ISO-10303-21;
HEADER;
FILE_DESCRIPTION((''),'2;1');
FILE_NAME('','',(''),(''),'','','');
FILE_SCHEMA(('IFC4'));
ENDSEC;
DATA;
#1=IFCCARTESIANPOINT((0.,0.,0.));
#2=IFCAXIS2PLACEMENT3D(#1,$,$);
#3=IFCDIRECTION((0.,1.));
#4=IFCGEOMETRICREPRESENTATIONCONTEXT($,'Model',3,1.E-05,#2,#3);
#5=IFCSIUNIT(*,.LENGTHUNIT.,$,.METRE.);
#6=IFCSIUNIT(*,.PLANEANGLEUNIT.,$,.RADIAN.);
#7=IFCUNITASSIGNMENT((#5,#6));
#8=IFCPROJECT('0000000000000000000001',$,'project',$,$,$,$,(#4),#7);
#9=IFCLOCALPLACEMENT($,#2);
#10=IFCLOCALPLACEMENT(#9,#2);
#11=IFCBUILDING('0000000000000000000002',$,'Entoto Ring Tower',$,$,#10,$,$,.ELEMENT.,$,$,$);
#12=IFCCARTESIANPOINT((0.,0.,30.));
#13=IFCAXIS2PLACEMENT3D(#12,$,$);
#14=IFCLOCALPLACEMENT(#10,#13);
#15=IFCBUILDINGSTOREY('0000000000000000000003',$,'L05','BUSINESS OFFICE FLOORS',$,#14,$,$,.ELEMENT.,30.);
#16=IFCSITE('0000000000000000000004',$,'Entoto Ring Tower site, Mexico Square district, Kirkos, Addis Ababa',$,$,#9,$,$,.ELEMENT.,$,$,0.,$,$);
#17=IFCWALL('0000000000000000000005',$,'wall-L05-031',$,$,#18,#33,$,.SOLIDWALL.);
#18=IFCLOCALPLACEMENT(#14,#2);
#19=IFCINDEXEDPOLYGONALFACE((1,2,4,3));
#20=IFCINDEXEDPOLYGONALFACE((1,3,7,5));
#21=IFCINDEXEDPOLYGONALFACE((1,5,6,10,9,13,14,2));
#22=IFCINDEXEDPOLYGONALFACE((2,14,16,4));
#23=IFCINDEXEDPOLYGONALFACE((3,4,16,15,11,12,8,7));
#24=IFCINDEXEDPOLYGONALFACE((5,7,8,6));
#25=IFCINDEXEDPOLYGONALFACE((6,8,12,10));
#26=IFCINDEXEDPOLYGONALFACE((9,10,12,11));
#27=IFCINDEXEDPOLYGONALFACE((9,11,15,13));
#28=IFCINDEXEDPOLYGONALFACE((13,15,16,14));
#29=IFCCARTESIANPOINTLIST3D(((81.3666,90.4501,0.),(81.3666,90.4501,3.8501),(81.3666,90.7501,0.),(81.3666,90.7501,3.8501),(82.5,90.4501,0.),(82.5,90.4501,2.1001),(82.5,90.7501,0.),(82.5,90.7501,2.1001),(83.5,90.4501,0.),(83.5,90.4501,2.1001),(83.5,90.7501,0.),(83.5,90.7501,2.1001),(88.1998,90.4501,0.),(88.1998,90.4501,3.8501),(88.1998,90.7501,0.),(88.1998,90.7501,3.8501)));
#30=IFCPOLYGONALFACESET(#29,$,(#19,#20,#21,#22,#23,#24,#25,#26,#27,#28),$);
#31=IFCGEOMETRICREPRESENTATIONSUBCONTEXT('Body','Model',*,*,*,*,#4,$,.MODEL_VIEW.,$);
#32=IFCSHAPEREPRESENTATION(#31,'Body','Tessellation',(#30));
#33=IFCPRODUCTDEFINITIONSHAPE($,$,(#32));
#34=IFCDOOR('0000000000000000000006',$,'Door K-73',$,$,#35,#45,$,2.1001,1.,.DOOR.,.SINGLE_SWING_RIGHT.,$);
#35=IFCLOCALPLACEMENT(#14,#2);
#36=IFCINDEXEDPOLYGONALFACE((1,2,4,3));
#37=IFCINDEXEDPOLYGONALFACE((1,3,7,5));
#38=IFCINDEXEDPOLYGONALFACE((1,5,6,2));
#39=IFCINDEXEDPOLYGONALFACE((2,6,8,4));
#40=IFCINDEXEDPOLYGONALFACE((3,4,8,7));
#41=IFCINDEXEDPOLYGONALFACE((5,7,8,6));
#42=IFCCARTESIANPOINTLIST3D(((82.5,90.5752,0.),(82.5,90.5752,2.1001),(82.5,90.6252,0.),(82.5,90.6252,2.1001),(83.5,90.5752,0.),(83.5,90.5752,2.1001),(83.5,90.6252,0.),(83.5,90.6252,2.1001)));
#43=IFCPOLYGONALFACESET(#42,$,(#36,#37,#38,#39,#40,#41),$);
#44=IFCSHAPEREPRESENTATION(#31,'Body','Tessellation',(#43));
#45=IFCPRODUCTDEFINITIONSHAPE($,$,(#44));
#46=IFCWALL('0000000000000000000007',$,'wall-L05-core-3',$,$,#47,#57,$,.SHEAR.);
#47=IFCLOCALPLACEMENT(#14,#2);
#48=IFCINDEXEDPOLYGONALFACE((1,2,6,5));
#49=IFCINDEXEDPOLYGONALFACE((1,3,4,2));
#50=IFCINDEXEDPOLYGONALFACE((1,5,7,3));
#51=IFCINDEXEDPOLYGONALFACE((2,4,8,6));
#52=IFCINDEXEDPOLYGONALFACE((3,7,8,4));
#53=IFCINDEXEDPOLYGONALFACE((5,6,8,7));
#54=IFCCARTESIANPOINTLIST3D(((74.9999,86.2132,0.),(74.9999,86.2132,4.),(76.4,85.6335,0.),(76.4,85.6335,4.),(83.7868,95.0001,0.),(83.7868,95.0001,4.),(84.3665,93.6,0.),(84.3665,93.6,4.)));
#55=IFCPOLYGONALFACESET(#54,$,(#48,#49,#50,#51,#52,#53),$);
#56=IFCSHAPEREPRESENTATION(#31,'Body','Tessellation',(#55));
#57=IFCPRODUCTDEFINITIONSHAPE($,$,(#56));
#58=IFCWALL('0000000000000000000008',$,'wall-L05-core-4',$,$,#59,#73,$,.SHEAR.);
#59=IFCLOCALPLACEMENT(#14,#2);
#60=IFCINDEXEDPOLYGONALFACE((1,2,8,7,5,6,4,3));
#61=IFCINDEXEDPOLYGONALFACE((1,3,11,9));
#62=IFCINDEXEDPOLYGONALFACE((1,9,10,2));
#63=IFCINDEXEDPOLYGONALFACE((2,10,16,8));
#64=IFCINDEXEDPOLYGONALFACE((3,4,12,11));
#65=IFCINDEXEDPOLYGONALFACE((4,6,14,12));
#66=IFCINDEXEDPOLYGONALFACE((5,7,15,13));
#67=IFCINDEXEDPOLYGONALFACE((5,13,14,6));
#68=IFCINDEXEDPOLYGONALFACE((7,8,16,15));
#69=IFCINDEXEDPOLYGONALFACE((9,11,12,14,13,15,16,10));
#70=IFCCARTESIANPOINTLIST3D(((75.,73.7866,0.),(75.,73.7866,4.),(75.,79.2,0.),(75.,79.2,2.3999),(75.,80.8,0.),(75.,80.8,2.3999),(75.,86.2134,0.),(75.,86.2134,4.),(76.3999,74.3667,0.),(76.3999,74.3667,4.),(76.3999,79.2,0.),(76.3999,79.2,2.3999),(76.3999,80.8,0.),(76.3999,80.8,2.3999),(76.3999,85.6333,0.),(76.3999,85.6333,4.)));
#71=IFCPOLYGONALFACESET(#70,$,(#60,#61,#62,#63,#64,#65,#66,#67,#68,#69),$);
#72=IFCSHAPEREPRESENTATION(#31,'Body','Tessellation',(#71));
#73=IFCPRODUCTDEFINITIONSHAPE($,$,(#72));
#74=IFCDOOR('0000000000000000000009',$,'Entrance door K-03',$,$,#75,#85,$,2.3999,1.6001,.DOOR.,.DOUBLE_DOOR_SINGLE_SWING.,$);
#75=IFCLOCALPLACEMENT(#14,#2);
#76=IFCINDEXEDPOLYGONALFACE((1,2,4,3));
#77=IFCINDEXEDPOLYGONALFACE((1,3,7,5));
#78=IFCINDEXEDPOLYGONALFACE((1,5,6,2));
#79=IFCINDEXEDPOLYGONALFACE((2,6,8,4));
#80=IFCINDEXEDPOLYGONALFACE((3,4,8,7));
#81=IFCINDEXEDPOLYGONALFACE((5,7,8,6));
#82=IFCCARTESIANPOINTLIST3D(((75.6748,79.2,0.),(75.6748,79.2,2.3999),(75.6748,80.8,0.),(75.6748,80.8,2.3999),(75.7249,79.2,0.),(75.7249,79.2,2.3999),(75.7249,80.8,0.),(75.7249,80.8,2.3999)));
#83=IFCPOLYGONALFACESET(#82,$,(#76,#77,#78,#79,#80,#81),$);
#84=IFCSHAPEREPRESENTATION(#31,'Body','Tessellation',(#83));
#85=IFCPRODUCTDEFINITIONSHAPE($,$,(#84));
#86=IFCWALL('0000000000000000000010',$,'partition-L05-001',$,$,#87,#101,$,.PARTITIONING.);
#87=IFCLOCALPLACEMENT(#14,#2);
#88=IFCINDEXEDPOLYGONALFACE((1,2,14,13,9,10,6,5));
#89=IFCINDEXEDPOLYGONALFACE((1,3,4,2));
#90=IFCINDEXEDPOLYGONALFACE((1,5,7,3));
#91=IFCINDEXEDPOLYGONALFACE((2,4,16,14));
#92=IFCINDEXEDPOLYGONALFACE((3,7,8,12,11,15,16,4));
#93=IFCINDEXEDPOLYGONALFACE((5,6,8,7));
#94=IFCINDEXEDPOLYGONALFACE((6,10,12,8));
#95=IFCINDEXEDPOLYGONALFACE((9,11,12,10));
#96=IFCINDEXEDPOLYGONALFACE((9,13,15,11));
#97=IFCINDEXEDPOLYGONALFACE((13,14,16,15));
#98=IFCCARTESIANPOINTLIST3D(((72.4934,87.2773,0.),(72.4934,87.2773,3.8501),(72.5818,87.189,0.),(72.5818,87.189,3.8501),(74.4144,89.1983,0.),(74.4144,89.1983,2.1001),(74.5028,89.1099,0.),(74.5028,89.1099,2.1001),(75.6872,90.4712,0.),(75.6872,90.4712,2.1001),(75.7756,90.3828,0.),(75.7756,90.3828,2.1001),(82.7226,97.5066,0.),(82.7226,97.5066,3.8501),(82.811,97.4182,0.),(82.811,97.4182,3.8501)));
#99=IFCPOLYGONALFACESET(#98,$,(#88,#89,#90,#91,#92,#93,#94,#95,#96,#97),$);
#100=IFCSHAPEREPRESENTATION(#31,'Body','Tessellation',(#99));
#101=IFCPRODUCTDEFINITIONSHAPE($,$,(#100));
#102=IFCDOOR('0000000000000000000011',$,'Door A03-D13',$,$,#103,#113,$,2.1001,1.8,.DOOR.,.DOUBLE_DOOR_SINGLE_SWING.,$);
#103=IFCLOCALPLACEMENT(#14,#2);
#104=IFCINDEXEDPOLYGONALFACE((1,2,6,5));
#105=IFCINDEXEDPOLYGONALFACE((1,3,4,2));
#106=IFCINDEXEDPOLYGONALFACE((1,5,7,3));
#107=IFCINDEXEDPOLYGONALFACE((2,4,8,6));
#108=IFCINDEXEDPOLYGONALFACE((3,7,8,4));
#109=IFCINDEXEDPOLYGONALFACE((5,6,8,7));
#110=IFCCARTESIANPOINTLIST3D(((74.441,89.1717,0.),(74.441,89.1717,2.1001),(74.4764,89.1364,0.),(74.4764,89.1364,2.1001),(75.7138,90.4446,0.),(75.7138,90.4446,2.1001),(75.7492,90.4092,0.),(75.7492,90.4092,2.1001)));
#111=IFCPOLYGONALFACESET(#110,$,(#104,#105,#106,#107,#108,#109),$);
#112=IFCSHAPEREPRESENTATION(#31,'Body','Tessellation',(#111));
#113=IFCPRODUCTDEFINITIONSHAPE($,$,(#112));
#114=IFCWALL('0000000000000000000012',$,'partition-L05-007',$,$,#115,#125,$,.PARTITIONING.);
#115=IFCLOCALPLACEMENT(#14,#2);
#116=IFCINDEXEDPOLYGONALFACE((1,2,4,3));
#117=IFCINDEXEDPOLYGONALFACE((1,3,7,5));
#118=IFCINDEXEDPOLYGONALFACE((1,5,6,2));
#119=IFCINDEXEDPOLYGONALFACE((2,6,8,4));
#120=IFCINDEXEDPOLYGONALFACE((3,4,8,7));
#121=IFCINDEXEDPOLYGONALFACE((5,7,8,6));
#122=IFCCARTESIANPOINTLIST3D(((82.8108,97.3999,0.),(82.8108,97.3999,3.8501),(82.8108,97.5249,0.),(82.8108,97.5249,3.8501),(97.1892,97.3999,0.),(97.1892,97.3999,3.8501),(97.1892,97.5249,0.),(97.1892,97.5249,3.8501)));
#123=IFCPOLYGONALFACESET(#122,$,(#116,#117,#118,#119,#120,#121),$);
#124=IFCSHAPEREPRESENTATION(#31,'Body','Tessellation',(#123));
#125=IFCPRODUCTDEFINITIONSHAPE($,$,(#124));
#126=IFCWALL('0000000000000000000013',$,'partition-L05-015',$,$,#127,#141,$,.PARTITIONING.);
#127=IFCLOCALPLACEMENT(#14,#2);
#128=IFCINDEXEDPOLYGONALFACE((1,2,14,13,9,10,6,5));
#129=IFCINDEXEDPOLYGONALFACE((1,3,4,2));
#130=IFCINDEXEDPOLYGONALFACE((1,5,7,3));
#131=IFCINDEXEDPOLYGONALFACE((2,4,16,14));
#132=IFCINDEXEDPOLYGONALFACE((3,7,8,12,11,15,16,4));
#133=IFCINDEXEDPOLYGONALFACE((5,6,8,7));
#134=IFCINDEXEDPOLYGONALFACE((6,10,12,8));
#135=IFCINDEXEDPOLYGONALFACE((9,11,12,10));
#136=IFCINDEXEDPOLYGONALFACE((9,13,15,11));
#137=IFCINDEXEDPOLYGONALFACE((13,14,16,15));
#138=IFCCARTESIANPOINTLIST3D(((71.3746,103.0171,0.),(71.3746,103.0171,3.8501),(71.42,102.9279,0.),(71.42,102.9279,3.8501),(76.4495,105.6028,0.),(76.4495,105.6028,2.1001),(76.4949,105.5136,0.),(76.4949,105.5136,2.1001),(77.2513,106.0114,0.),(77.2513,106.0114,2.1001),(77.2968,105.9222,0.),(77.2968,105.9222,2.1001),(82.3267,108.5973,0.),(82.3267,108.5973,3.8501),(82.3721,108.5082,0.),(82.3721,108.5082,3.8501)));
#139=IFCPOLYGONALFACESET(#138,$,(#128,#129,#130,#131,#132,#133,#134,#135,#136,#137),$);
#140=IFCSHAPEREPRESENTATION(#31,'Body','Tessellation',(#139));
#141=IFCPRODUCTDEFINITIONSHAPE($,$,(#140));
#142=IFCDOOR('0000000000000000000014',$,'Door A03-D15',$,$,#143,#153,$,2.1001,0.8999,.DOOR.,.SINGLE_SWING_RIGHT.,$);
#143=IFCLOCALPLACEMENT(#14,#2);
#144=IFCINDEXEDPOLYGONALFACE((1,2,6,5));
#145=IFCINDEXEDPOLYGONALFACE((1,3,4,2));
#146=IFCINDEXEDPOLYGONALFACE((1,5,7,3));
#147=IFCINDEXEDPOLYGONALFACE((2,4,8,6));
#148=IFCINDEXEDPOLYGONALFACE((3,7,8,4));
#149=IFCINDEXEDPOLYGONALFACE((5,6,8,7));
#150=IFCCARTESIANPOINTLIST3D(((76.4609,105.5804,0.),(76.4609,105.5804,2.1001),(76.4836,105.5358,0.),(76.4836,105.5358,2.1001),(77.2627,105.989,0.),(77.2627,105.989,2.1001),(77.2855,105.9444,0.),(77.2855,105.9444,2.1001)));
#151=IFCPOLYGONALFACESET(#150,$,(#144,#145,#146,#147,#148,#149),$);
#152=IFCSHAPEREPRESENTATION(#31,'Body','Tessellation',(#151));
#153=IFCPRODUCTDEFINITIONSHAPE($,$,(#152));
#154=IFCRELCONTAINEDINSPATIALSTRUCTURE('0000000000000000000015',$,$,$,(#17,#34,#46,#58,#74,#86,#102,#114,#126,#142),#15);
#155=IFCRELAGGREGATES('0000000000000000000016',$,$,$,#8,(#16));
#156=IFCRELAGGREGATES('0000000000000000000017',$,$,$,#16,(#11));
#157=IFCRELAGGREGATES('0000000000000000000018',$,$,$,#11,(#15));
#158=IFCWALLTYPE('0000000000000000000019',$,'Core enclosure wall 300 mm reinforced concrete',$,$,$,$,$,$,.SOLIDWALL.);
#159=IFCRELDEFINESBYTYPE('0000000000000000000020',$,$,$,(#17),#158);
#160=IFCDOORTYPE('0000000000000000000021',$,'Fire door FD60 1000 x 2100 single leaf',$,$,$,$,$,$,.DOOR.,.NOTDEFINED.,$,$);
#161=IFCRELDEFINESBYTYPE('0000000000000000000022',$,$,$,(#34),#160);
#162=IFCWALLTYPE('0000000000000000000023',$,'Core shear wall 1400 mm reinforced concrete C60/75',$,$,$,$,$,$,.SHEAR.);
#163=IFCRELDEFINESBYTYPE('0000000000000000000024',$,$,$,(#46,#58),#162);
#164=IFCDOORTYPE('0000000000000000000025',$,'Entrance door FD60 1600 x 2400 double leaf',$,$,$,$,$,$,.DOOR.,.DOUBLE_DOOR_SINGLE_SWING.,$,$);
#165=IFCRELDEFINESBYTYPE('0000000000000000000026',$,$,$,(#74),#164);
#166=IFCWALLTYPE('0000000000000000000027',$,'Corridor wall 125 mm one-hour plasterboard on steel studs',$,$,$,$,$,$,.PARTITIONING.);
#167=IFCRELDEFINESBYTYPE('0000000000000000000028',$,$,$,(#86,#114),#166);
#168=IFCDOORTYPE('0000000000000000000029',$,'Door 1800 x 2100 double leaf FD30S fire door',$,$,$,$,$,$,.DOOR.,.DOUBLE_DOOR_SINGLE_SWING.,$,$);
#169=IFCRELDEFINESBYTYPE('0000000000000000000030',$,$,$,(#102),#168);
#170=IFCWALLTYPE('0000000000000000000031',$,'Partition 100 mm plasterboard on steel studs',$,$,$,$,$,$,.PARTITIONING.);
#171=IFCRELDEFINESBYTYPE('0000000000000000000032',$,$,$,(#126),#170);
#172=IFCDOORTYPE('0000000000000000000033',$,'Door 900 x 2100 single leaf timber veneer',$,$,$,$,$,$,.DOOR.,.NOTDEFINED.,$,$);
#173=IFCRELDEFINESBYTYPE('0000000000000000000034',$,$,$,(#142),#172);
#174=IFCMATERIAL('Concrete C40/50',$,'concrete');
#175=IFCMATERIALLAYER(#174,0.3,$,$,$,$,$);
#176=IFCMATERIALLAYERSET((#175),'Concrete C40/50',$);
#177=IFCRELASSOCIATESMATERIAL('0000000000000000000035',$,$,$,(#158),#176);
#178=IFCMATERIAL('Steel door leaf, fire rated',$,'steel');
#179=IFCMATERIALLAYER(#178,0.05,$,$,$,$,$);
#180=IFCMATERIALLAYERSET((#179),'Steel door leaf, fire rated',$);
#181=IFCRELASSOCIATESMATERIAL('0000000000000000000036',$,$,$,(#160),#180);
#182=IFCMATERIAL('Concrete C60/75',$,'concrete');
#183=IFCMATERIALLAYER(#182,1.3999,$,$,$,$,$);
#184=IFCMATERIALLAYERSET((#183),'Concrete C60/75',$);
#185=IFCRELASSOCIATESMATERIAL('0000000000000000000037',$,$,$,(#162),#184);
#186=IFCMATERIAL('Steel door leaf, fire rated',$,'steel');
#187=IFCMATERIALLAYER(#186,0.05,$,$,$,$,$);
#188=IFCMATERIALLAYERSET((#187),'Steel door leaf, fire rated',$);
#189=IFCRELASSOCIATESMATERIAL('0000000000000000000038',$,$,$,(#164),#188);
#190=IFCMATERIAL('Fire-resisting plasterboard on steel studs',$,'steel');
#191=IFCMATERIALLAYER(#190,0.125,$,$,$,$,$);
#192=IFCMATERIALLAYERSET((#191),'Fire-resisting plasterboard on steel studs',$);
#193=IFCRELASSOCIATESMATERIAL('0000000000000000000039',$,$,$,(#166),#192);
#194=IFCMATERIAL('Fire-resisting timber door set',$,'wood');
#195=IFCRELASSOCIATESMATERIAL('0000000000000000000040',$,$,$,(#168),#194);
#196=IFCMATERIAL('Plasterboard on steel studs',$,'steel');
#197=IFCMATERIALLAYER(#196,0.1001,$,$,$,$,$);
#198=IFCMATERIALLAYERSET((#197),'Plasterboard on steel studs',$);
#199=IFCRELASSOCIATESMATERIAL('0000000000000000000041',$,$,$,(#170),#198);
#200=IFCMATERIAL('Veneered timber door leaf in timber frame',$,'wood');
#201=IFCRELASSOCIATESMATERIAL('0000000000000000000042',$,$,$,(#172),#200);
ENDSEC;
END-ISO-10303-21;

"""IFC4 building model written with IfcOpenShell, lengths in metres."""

from ifc_helpers import new_model, si_unit, direction, frame, frame_2d, origin, place, context, subcontext, project, spatial, polyline, rectangle, outline, extrude, material, layer, layer_set, type_object, element, fill, save


model = new_model("IFC4")

# Units and contexts
model_context = context("Model", 3, precision=1e-05, world=origin(), true_north=direction((0.0, 1.0)))
body_context = subcontext(model_context, "Body", "Model", "MODEL_VIEW")
ifc_project = project(units=[si_unit("LENGTHUNIT", "METRE"), si_unit("PLANEANGLEUNIT", "RADIAN")], contexts=[model_context])

# Site, building, storey
site_placement = place(None, origin())
site = spatial("IfcSite", under=ifc_project, at=site_placement, Name="Entoto Ring Tower site, Mexico Square district, Kirkos, Addis Ababa", CompositionType="ELEMENT", RefElevation=0.0)
building_placement = place(site_placement, origin())
building = spatial("IfcBuilding", under=site, at=building_placement, Name="Entoto Ring Tower", CompositionType="ELEMENT")
storey_placement = place(building_placement, frame((0.0, 0.0, 30.0)))
storey = spatial("IfcBuildingStorey", under=building, at=storey_placement, Name="L05", Description="BUSINESS OFFICE FLOORS", CompositionType="ELEMENT", Elevation=30.0)

# Wall, opening, door
ifc_material_1 = material(Name="Concrete C40/50", Category="concrete")
ifc_layer_1 = layer(ifc_material_1, 0.3)
ifc_layer_set_1 = layer_set([ifc_layer_1], Name="Concrete C40/50")
wall_type_1 = type_object("IfcWallType", Name="Core enclosure wall 300 mm reinforced concrete", PredefinedType="SOLIDWALL", material=ifc_layer_set_1)
wall_1_placement = place(storey_placement, frame((81.3667, 90.6001, 0.0), z_axis=(0.0, 0.0, 1.0), x_axis=(1.0, 0.0, 0.0)))
wall_1 = element("IfcWall", 1, at=wall_1_placement, inside=storey, type_object=wall_type_1, Name="wall-L05-031", PredefinedType="SOLIDWALL", context=body_context, shape_type="SweptSolid", body=[
    extrude(rectangle(XDim=6.8333, YDim=0.3, at=frame_2d((3.4165, 0.0))), origin(), (0.0, 0.0, 1.0), 3.8501),
])
opening_1_placement = place(wall_1_placement, frame((1.1333, 0.0, 0.0)))
opening_1 = element("IfcOpeningElement", 2, at=opening_1_placement, cuts=wall_1, PredefinedType="OPENING", context=body_context, shape_type="SweptSolid", body=[
    extrude(rectangle(XDim=1.0, YDim=2.1001, at=frame_2d((0.5, 1.05))), frame((0.0, 0.1602, 0.0), z_axis=(0.0, -1.0, 0.0), x_axis=(1.0, 0.0, 0.0)), (0.0, 0.0, 1.0), 0.3201),
])
ifc_material_2 = material(Name="Steel door leaf, fire rated", Category="steel")
ifc_layer_2 = layer(ifc_material_2, 0.05)
ifc_layer_set_2 = layer_set([ifc_layer_2], Name="Steel door leaf, fire rated")
door_type_1 = type_object("IfcDoorType", Name="Fire door FD60 1000 x 2100 single leaf", OperationType="NOTDEFINED", PredefinedType="DOOR", material=ifc_layer_set_2)
door_1_placement = place(opening_1_placement, frame((1.0, 0.0, 0.0), z_axis=(0.0, 0.0, 1.0), x_axis=(-1.0, 0.0, 0.0)))
door_1 = element("IfcDoor", 3, at=door_1_placement, inside=storey, type_object=door_type_1, Name="Door K-73", OperationType="SINGLE_SWING_RIGHT", OverallHeight=2.1001, OverallWidth=1.0, PredefinedType="DOOR", context=body_context, shape_type="SweptSolid", body=[
    extrude(rectangle(XDim=1.0, YDim=2.1001, at=frame_2d((0.5, 1.05))), frame((0.0, 0.0249, 0.0), z_axis=(0.0, -1.0, 0.0), x_axis=(1.0, 0.0, 0.0)), (0.0, 0.0, 1.0), 0.05),
])
fill(opening_1, door_1)

# Wall
ifc_material_3 = material(Name="Concrete C60/75", Category="concrete")
ifc_layer_3 = layer(ifc_material_3, 1.3999)
ifc_layer_set_3 = layer_set([ifc_layer_3], Name="Concrete C60/75")
wall_type_2 = type_object("IfcWallType", Name="Core shear wall 1400 mm reinforced concrete C60/75", PredefinedType="SHEAR", material=ifc_layer_set_3)
wall_2_placement = place(storey_placement, frame((84.0767, 94.3, 0.0), z_axis=(0.0, 0.0, 1.0), x_axis=(-0.707107, -0.707107, 0.0)))
element("IfcWall", 4, at=wall_2_placement, inside=storey, type_object=wall_type_2, Name="wall-L05-core-3", PredefinedType="SHEAR", context=body_context, shape_type="SweptSolid", body=[
    extrude(outline(polyline([(-0.29, -0.7), (12.1365, -0.7), (11.5564, 0.7), (0.29, 0.7), (-0.29, -0.7)])), origin(), (0.0, 0.0, 1.0), 4.0),
])

# Walls, openings, doors
wall_3_placement = place(storey_placement, frame((75.7, 85.9233, 0.0), z_axis=(0.0, 0.0, 1.0), x_axis=(0.0, -1.0, 0.0)))
wall_3 = element("IfcWall", 5, at=wall_3_placement, inside=storey, type_object=wall_type_2, Name="wall-L05-core-4", PredefinedType="SHEAR", context=body_context, shape_type="SweptSolid", body=[
    extrude(outline(polyline([(-0.29, -0.7), (12.1367, -0.7), (11.5566, 0.7), (0.29, 0.7), (-0.29, -0.7)])), origin(), (0.0, 0.0, 1.0), 4.0),
])
opening_2_placement = place(wall_3_placement, frame((5.1233, 0.0, 0.0)))
opening_2 = element("IfcOpeningElement", 6, at=opening_2_placement, cuts=wall_3, PredefinedType="OPENING", context=body_context, shape_type="SweptSolid", body=[
    extrude(rectangle(XDim=1.6001, YDim=2.3999, at=frame_2d((0.8, 1.2))), frame((0.0, 0.71, 0.0), z_axis=(0.0, -1.0, 0.0), x_axis=(1.0, 0.0, 0.0)), (0.0, 0.0, 1.0), 1.4199),
])
ifc_material_4 = material(Name="Steel door leaf, fire rated", Category="steel")
ifc_layer_4 = layer(ifc_material_4, 0.05)
ifc_layer_set_4 = layer_set([ifc_layer_4], Name="Steel door leaf, fire rated")
door_type_2 = type_object("IfcDoorType", Name="Entrance door FD60 1600 x 2400 double leaf", OperationType="DOUBLE_DOOR_SINGLE_SWING", PredefinedType="DOOR", material=ifc_layer_set_4)
door_2_placement = place(opening_2_placement, origin())
door_2 = element("IfcDoor", 7, at=door_2_placement, inside=storey, type_object=door_type_2, Name="Entrance door K-03", OperationType="DOUBLE_DOOR_SINGLE_SWING", OverallHeight=2.3999, OverallWidth=1.6001, PredefinedType="DOOR", context=body_context, shape_type="SweptSolid", body=[
    extrude(rectangle(XDim=1.6001, YDim=2.3999, at=frame_2d((0.8, 1.2))), frame((0.0, 0.0249, 0.0), z_axis=(0.0, -1.0, 0.0), x_axis=(1.0, 0.0, 0.0)), (0.0, 0.0, 1.0), 0.05),
])
fill(opening_2, door_2)
ifc_material_5 = material(Name="Fire-resisting plasterboard on steel studs", Category="steel")
ifc_layer_5 = layer(ifc_material_5, 0.125)
ifc_layer_set_5 = layer_set([ifc_layer_5], Name="Fire-resisting plasterboard on steel studs")
wall_type_3 = type_object("IfcWallType", Name="Corridor wall 125 mm one-hour plasterboard on steel studs", PredefinedType="PARTITIONING", material=ifc_layer_set_5)
wall_4_placement = place(storey_placement, frame((72.5376, 87.2332, 0.0), z_axis=(0.0, 0.0, 1.0), x_axis=(0.707107, 0.707107, 0.0)))
wall_4 = element("IfcWall", 8, at=wall_4_placement, inside=storey, type_object=wall_type_3, Name="partition-L05-001", PredefinedType="PARTITIONING", context=body_context, shape_type="SweptSolid", body=[
    extrude(rectangle(XDim=14.4663, YDim=0.125, at=frame_2d((7.2332, 0.0))), origin(), (0.0, 0.0, 1.0), 3.8501),
])
opening_3_placement = place(wall_4_placement, frame((2.7168, 0.0, 0.0)))
opening_3 = element("IfcOpeningElement", 9, at=opening_3_placement, cuts=wall_4, PredefinedType="OPENING", context=body_context, shape_type="SweptSolid", body=[
    extrude(rectangle(XDim=1.8, YDim=2.1001, at=frame_2d((0.8999, 1.05))), frame((0.0, 0.0725, 0.0), z_axis=(0.0, -1.0, 0.0), x_axis=(1.0, 0.0, 0.0)), (0.0, 0.0, 1.0), 0.145),
])
ifc_material_6 = material(Name="Fire-resisting timber door set", Category="wood")
door_type_3 = type_object("IfcDoorType", Name="Door 1800 x 2100 double leaf FD30S fire door", OperationType="DOUBLE_DOOR_SINGLE_SWING", PredefinedType="DOOR", material=ifc_material_6)
door_3_placement = place(opening_3_placement, origin())
door_3 = element("IfcDoor", 10, at=door_3_placement, inside=storey, type_object=door_type_3, Name="Door A03-D13", OperationType="DOUBLE_DOOR_SINGLE_SWING", OverallHeight=2.1001, OverallWidth=1.8, PredefinedType="DOOR", context=body_context, shape_type="SweptSolid", body=[
    extrude(rectangle(XDim=1.8, YDim=2.1001, at=frame_2d((0.8999, 1.05))), frame((0.0, 0.0249, 0.0), z_axis=(0.0, -1.0, 0.0), x_axis=(1.0, 0.0, 0.0)), (0.0, 0.0, 1.0), 0.05),
])
fill(opening_3, door_3)

# Wall
wall_5_placement = place(storey_placement, frame((82.8108, 97.4624, 0.0), z_axis=(0.0, 0.0, 1.0), x_axis=(1.0, 0.0, 0.0)))
element("IfcWall", 11, at=wall_5_placement, inside=storey, type_object=wall_type_3, Name="partition-L05-007", PredefinedType="PARTITIONING", context=body_context, shape_type="SweptSolid", body=[
    extrude(rectangle(XDim=14.3784, YDim=0.125, at=frame_2d((7.1892, 0.0))), origin(), (0.0, 0.0, 1.0), 3.8501),
])

# Wall, opening, door
ifc_material_7 = material(Name="Plasterboard on steel studs", Category="steel")
ifc_layer_6 = layer(ifc_material_7, 0.1001)
ifc_layer_set_6 = layer_set([ifc_layer_6], Name="Plasterboard on steel studs")
wall_type_4 = type_object("IfcWallType", Name="Partition 100 mm plasterboard on steel studs", PredefinedType="PARTITIONING", material=ifc_layer_set_6)
wall_6_placement = place(storey_placement, frame((71.3972, 102.9724, 0.0), z_axis=(0.0, 0.0, 1.0), x_axis=(0.891009, 0.453986, 0.0)))
wall_6 = element("IfcWall", 12, at=wall_6_placement, inside=storey, type_object=wall_type_4, Name="partition-L05-015", PredefinedType="PARTITIONING", context=body_context, shape_type="SweptSolid", body=[
    extrude(rectangle(XDim=12.2917, YDim=0.1001, at=frame_2d((6.146, 0.0))), origin(), (0.0, 0.0, 1.0), 3.8501),
])
opening_4_placement = place(wall_6_placement, frame((5.6958, 0.0, 0.0)))
opening_4 = element("IfcOpeningElement", 13, at=opening_4_placement, cuts=wall_6, PredefinedType="OPENING", context=body_context, shape_type="SweptSolid", body=[
    extrude(rectangle(XDim=0.8999, YDim=2.1001, at=frame_2d((0.45, 1.05))), frame((0.0, 0.0601, 0.0), z_axis=(0.0, -1.0, 0.0), x_axis=(1.0, 0.0, 0.0)), (0.0, 0.0, 1.0), 0.1201),
])
ifc_material_8 = material(Name="Veneered timber door leaf in timber frame", Category="wood")
door_type_4 = type_object("IfcDoorType", Name="Door 900 x 2100 single leaf timber veneer", OperationType="NOTDEFINED", PredefinedType="DOOR", material=ifc_material_8)
door_4_placement = place(opening_4_placement, origin())
door_4 = element("IfcDoor", 14, at=door_4_placement, inside=storey, type_object=door_type_4, Name="Door A03-D15", OperationType="SINGLE_SWING_RIGHT", OverallHeight=2.1001, OverallWidth=0.8999, PredefinedType="DOOR", context=body_context, shape_type="SweptSolid", body=[
    extrude(rectangle(XDim=0.8999, YDim=2.1001, at=frame_2d((0.45, 1.05))), frame((0.0, 0.0249, 0.0), z_axis=(0.0, -1.0, 0.0), x_axis=(1.0, 0.0, 0.0)), (0.0, 0.0, 1.0), 0.05),
])
fill(opening_4, door_4)

save(model, "model.ifc")
